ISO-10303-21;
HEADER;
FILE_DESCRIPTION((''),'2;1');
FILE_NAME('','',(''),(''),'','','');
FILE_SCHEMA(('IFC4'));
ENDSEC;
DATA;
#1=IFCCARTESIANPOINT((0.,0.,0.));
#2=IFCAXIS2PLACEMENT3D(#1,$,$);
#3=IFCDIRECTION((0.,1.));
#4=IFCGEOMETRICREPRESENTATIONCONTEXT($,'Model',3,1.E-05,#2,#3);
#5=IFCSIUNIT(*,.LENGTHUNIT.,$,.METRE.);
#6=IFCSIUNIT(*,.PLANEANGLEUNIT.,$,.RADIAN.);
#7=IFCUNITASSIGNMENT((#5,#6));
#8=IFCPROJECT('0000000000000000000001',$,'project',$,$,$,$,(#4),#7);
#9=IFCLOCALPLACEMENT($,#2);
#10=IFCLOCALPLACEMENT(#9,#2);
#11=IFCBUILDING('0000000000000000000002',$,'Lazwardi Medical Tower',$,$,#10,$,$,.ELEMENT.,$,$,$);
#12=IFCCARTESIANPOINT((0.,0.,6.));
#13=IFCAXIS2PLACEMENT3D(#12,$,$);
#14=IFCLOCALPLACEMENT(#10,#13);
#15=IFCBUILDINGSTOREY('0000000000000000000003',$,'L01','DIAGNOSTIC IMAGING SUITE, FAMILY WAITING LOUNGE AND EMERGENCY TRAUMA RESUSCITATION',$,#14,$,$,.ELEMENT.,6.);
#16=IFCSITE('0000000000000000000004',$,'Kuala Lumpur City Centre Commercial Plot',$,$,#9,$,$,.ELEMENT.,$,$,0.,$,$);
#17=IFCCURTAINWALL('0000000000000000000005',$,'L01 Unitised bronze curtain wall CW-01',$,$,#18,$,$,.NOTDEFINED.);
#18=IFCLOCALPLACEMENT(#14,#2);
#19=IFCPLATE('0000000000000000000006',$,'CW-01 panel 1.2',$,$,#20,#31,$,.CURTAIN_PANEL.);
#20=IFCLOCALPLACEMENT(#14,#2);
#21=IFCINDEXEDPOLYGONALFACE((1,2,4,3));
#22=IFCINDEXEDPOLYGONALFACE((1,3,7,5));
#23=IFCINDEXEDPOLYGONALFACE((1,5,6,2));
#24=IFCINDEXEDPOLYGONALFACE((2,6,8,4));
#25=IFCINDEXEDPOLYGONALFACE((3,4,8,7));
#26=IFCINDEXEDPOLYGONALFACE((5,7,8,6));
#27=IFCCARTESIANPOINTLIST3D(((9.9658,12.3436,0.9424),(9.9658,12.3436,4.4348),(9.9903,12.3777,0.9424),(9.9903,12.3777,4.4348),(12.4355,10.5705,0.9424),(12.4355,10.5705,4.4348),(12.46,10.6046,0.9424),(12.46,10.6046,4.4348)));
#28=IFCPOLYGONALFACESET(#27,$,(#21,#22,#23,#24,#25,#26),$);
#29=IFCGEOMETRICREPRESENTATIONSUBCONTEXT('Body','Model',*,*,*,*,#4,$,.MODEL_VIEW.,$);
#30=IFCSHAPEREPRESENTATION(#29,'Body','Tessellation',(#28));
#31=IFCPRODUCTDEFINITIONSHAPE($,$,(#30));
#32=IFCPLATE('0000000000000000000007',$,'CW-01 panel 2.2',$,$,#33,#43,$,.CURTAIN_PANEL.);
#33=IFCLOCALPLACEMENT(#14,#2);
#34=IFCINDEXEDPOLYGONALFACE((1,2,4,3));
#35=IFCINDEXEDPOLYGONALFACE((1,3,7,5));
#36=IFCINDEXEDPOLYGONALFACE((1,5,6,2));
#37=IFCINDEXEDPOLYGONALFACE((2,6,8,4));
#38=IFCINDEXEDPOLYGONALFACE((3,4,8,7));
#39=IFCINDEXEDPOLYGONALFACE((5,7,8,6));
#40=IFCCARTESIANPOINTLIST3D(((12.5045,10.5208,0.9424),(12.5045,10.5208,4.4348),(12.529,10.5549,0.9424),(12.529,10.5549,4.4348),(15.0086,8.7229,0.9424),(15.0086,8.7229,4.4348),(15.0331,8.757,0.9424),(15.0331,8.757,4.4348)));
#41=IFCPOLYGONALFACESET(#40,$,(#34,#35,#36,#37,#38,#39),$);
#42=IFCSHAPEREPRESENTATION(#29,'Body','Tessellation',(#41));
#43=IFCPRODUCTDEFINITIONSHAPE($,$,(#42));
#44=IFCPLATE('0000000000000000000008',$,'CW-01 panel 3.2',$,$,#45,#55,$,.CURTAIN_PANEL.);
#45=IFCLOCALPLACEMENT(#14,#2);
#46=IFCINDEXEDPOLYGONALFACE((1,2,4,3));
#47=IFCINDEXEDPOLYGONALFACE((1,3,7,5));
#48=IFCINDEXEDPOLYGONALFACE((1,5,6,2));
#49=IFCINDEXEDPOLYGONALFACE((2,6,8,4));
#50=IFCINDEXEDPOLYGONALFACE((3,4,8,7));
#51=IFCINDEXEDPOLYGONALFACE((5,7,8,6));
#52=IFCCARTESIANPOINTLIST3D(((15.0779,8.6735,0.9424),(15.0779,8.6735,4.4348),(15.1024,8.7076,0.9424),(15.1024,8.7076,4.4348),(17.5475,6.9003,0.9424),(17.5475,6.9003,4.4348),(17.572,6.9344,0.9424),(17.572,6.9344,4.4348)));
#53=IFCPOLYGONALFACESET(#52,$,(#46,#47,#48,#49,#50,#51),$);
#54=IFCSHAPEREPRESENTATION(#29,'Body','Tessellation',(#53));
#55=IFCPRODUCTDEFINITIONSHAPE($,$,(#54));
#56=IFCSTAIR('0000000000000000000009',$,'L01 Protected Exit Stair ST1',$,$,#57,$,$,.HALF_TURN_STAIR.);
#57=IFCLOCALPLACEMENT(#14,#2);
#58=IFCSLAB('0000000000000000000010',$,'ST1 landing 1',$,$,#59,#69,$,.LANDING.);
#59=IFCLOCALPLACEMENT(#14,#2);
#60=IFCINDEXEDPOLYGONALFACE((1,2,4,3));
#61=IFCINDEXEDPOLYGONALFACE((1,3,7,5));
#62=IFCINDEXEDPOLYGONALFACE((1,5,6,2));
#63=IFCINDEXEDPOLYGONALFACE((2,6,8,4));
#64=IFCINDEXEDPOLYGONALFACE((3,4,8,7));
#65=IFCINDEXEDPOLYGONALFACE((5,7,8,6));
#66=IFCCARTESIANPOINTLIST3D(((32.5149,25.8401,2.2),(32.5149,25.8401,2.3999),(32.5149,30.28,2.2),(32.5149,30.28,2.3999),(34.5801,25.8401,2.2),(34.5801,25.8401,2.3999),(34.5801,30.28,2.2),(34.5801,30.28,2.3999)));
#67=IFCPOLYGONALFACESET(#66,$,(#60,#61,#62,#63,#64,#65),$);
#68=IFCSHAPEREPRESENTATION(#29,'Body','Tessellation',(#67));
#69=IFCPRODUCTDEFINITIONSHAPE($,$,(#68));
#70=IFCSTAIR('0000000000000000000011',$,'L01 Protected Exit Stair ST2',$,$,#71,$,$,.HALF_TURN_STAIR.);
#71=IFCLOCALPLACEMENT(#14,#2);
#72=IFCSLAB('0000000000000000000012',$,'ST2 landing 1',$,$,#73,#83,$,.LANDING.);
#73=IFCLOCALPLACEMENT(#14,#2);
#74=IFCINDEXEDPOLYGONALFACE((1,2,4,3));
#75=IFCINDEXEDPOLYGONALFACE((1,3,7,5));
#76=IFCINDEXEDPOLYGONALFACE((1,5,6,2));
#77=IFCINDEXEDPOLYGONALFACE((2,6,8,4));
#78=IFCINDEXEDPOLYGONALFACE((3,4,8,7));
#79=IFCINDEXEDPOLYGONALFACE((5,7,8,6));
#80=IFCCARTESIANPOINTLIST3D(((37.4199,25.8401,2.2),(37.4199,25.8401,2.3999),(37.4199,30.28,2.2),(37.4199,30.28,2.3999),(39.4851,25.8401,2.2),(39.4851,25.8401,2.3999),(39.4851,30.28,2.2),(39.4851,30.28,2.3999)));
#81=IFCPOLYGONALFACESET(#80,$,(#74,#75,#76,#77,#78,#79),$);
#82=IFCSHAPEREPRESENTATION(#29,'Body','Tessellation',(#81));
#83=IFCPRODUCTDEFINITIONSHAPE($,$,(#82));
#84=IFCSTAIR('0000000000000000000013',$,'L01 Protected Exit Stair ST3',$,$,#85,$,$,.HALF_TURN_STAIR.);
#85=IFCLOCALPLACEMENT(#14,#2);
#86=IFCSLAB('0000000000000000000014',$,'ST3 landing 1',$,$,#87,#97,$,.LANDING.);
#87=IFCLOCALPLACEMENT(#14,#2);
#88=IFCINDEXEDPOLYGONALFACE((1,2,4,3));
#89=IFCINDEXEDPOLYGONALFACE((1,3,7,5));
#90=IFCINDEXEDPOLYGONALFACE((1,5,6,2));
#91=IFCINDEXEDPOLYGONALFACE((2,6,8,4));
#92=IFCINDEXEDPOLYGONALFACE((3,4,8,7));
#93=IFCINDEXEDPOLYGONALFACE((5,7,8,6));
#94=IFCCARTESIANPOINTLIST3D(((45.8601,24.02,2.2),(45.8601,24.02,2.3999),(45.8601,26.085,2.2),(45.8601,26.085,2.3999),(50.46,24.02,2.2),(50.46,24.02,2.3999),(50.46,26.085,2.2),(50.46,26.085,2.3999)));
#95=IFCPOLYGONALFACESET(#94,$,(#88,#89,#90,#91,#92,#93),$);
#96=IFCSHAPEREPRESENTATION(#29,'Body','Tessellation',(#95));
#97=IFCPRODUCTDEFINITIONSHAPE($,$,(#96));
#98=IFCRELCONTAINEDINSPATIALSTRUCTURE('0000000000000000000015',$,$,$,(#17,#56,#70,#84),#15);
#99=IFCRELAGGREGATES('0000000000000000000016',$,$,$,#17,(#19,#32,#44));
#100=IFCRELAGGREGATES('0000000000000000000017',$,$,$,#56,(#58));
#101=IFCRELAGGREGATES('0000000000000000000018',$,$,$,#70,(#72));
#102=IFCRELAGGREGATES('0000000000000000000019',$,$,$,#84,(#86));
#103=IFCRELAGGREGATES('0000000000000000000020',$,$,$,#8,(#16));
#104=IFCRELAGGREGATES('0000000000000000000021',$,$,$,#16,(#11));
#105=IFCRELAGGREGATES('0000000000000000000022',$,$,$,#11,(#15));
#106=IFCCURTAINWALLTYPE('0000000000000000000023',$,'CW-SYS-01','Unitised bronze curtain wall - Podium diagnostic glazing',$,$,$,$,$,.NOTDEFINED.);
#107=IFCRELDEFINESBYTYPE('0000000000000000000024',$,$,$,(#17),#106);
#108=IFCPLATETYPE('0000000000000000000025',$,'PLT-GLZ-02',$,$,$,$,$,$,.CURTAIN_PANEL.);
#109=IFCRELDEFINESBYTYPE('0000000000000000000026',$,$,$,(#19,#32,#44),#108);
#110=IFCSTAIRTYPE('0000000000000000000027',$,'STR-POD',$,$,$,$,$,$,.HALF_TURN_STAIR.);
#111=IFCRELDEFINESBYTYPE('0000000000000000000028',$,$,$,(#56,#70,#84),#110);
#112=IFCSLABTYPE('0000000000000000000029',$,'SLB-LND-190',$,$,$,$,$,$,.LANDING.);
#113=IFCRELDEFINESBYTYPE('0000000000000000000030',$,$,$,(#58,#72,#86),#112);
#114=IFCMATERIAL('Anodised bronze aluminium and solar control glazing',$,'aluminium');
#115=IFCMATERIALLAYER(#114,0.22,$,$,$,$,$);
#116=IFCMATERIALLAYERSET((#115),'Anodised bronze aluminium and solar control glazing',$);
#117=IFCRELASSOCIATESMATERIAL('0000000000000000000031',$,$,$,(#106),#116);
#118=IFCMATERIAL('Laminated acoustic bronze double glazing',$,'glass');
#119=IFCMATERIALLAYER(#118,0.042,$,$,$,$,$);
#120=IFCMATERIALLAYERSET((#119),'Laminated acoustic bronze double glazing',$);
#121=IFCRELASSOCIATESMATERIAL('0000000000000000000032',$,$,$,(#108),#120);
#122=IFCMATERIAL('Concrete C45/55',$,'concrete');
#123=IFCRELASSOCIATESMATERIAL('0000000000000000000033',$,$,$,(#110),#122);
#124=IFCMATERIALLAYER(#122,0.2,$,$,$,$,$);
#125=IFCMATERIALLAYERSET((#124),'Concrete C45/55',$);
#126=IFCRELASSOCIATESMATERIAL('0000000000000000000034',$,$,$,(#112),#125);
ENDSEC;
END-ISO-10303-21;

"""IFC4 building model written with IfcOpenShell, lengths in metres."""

from ifc_helpers import new_model, si_unit, direction, frame, origin, origin_2d, place, context, subcontext, project, spatial, polyline, rectangle, outline, extrude, material, layer, layer_set, type_object, element, aggregate, save


model = new_model("IFC4")

# Units and contexts
model_context = context("Model", 3, precision=1e-05, world=origin(), true_north=direction((0.0, 1.0)))
body_context = subcontext(model_context, "Body", "Model", "MODEL_VIEW")
ifc_project = project(units=[si_unit("LENGTHUNIT", "METRE"), si_unit("PLANEANGLEUNIT", "RADIAN")], contexts=[model_context])

# Site, building, storey
site_placement = place(None, origin())
site = spatial("IfcSite", under=ifc_project, at=site_placement, Name="Kuala Lumpur City Centre Commercial Plot", CompositionType="ELEMENT", RefElevation=0.0)
building_placement = place(site_placement, origin())
building = spatial("IfcBuilding", under=site, at=building_placement, Name="Lazwardi Medical Tower", CompositionType="ELEMENT")
storey_placement = place(building_placement, frame((0.0, 0.0, 6.0)))
storey = spatial("IfcBuildingStorey", under=building, at=storey_placement, Name="L01", Description="DIAGNOSTIC IMAGING SUITE, FAMILY WAITING LOUNGE AND EMERGENCY TRAUMA RESUSCITATION", CompositionType="ELEMENT", Elevation=6.0)

# Shared definitions
ifc_material_1 = material(Name="Anodised bronze aluminium and solar control glazing", Category="aluminium")
ifc_layer_1 = layer(ifc_material_1, 0.22)
ifc_layer_set_1 = layer_set([ifc_layer_1], Name="Anodised bronze aluminium and solar control glazing")
curtain_wall_type = type_object("IfcCurtainWallType", Name="CW-SYS-01", Description="Unitised bronze curtain wall - Podium diagnostic glazing", PredefinedType="NOTDEFINED", material=ifc_layer_set_1)

# Curtain wall, plates
curtain_wall_1_placement = place(storey_placement, origin())
curtain_wall_1 = element("IfcCurtainWall", 1, at=curtain_wall_1_placement, inside=storey, type_object=curtain_wall_type, Name="L01 Unitised bronze curtain wall CW-01", PredefinedType="NOTDEFINED")
ifc_material_2 = material(Name="Laminated acoustic bronze double glazing", Category="glass")
ifc_layer_2 = layer(ifc_material_2, 0.042)
ifc_layer_set_2 = layer_set([ifc_layer_2], Name="Laminated acoustic bronze double glazing")
plate_type_1 = type_object("IfcPlateType", Name="PLT-GLZ-02", PredefinedType="CURTAIN_PANEL", material=ifc_layer_set_2)
plate_1_placement = place(storey_placement, frame((11.2129, 11.4741, 0.9424), z_axis=(0.0, 0.0, 1.0), x_axis=(0.812318, -0.583214, 0.0)))
plate_1 = element("IfcPlate", 2, at=plate_1_placement, type_object=plate_type_1, Name="CW-01 panel 1.2", PredefinedType="CURTAIN_PANEL", context=body_context, shape_type="SweptSolid", body=[
    extrude(rectangle(XDim=3.0403, YDim=0.042, at=origin_2d()), origin(), (0.0, 0.0, 1.0), 3.4924),
])
plate_2_placement = place(storey_placement, frame((13.7688, 9.6389, 0.9424), z_axis=(0.0, 0.0, 1.0), x_axis=(0.812318, -0.583214, 0.0)))
plate_2 = element("IfcPlate", 3, at=plate_2_placement, type_object=plate_type_1, Name="CW-01 panel 2.2", PredefinedType="CURTAIN_PANEL", context=body_context, shape_type="SweptSolid", body=[
    extrude(rectangle(XDim=3.0828, YDim=0.042, at=origin_2d()), origin(), (0.0, 0.0, 1.0), 3.4924),
])
plate_3_placement = place(storey_placement, frame((16.325, 7.804, 0.9424), z_axis=(0.0, 0.0, 1.0), x_axis=(0.812318, -0.583214, 0.0)))
plate_3 = element("IfcPlate", 4, at=plate_3_placement, type_object=plate_type_1, Name="CW-01 panel 3.2", PredefinedType="CURTAIN_PANEL", context=body_context, shape_type="SweptSolid", body=[
    extrude(rectangle(XDim=3.0403, YDim=0.042, at=origin_2d()), origin(), (0.0, 0.0, 1.0), 3.4924),
])
aggregate(curtain_wall_1, [plate_1, plate_2, plate_3])

# Stairs, slabs
ifc_material_3 = material(Name="Concrete C45/55", Category="concrete")
stair_type = type_object("IfcStairType", Name="STR-POD", PredefinedType="HALF_TURN_STAIR", material=ifc_material_3)
stair_1_placement = place(storey_placement, origin())
stair_1 = element("IfcStair", 5, at=stair_1_placement, inside=storey, type_object=stair_type, Name="L01 Protected Exit Stair ST1", PredefinedType="HALF_TURN_STAIR")
ifc_layer_3 = layer(ifc_material_3, 0.2)
ifc_layer_set_3 = layer_set([ifc_layer_3], Name="Concrete C45/55")
slab_type_1 = type_object("IfcSlabType", Name="SLB-LND-190", PredefinedType="LANDING", material=ifc_layer_set_3)
slab_1_placement = place(storey_placement, frame((0.0, 0.0, 2.2)))
slab_1 = element("IfcSlab", 6, at=slab_1_placement, type_object=slab_type_1, Name="ST1 landing 1", PredefinedType="LANDING", context=body_context, shape_type="SweptSolid", body=[
    extrude(outline(polyline([(32.5149, 25.8401), (34.5801, 25.8401), (34.5801, 30.28), (32.5149, 30.28), (32.5149, 25.8401)])), origin(), (0.0, 0.0, 1.0), 0.2),
])
aggregate(stair_1, [slab_1])
stair_2_placement = place(storey_placement, origin())
stair_2 = element("IfcStair", 7, at=stair_2_placement, inside=storey, type_object=stair_type, Name="L01 Protected Exit Stair ST2", PredefinedType="HALF_TURN_STAIR")
slab_2_placement = place(storey_placement, frame((0.0, 0.0, 2.2)))
slab_2 = element("IfcSlab", 8, at=slab_2_placement, type_object=slab_type_1, Name="ST2 landing 1", PredefinedType="LANDING", context=body_context, shape_type="SweptSolid", body=[
    extrude(outline(polyline([(39.4851, 30.28), (37.4199, 30.28), (37.4199, 25.8401), (39.4851, 25.8401), (39.4851, 30.28)])), origin(), (0.0, 0.0, 1.0), 0.2),
])
aggregate(stair_2, [slab_2])
stair_3_placement = place(storey_placement, origin())
stair_3 = element("IfcStair", 9, at=stair_3_placement, inside=storey, type_object=stair_type, Name="L01 Protected Exit Stair ST3", PredefinedType="HALF_TURN_STAIR")
slab_3_placement = place(storey_placement, frame((0.0, 0.0, 2.2)))
slab_3 = element("IfcSlab", 10, at=slab_3_placement, type_object=slab_type_1, Name="ST3 landing 1", PredefinedType="LANDING", context=body_context, shape_type="SweptSolid", body=[
    extrude(outline(polyline([(45.8601, 26.085), (45.8601, 24.02), (50.46, 24.02), (50.46, 26.085), (45.8601, 26.085)])), origin(), (0.0, 0.0, 1.0), 0.2),
])
aggregate(stair_3, [slab_3])

save(model, "model.ifc")
